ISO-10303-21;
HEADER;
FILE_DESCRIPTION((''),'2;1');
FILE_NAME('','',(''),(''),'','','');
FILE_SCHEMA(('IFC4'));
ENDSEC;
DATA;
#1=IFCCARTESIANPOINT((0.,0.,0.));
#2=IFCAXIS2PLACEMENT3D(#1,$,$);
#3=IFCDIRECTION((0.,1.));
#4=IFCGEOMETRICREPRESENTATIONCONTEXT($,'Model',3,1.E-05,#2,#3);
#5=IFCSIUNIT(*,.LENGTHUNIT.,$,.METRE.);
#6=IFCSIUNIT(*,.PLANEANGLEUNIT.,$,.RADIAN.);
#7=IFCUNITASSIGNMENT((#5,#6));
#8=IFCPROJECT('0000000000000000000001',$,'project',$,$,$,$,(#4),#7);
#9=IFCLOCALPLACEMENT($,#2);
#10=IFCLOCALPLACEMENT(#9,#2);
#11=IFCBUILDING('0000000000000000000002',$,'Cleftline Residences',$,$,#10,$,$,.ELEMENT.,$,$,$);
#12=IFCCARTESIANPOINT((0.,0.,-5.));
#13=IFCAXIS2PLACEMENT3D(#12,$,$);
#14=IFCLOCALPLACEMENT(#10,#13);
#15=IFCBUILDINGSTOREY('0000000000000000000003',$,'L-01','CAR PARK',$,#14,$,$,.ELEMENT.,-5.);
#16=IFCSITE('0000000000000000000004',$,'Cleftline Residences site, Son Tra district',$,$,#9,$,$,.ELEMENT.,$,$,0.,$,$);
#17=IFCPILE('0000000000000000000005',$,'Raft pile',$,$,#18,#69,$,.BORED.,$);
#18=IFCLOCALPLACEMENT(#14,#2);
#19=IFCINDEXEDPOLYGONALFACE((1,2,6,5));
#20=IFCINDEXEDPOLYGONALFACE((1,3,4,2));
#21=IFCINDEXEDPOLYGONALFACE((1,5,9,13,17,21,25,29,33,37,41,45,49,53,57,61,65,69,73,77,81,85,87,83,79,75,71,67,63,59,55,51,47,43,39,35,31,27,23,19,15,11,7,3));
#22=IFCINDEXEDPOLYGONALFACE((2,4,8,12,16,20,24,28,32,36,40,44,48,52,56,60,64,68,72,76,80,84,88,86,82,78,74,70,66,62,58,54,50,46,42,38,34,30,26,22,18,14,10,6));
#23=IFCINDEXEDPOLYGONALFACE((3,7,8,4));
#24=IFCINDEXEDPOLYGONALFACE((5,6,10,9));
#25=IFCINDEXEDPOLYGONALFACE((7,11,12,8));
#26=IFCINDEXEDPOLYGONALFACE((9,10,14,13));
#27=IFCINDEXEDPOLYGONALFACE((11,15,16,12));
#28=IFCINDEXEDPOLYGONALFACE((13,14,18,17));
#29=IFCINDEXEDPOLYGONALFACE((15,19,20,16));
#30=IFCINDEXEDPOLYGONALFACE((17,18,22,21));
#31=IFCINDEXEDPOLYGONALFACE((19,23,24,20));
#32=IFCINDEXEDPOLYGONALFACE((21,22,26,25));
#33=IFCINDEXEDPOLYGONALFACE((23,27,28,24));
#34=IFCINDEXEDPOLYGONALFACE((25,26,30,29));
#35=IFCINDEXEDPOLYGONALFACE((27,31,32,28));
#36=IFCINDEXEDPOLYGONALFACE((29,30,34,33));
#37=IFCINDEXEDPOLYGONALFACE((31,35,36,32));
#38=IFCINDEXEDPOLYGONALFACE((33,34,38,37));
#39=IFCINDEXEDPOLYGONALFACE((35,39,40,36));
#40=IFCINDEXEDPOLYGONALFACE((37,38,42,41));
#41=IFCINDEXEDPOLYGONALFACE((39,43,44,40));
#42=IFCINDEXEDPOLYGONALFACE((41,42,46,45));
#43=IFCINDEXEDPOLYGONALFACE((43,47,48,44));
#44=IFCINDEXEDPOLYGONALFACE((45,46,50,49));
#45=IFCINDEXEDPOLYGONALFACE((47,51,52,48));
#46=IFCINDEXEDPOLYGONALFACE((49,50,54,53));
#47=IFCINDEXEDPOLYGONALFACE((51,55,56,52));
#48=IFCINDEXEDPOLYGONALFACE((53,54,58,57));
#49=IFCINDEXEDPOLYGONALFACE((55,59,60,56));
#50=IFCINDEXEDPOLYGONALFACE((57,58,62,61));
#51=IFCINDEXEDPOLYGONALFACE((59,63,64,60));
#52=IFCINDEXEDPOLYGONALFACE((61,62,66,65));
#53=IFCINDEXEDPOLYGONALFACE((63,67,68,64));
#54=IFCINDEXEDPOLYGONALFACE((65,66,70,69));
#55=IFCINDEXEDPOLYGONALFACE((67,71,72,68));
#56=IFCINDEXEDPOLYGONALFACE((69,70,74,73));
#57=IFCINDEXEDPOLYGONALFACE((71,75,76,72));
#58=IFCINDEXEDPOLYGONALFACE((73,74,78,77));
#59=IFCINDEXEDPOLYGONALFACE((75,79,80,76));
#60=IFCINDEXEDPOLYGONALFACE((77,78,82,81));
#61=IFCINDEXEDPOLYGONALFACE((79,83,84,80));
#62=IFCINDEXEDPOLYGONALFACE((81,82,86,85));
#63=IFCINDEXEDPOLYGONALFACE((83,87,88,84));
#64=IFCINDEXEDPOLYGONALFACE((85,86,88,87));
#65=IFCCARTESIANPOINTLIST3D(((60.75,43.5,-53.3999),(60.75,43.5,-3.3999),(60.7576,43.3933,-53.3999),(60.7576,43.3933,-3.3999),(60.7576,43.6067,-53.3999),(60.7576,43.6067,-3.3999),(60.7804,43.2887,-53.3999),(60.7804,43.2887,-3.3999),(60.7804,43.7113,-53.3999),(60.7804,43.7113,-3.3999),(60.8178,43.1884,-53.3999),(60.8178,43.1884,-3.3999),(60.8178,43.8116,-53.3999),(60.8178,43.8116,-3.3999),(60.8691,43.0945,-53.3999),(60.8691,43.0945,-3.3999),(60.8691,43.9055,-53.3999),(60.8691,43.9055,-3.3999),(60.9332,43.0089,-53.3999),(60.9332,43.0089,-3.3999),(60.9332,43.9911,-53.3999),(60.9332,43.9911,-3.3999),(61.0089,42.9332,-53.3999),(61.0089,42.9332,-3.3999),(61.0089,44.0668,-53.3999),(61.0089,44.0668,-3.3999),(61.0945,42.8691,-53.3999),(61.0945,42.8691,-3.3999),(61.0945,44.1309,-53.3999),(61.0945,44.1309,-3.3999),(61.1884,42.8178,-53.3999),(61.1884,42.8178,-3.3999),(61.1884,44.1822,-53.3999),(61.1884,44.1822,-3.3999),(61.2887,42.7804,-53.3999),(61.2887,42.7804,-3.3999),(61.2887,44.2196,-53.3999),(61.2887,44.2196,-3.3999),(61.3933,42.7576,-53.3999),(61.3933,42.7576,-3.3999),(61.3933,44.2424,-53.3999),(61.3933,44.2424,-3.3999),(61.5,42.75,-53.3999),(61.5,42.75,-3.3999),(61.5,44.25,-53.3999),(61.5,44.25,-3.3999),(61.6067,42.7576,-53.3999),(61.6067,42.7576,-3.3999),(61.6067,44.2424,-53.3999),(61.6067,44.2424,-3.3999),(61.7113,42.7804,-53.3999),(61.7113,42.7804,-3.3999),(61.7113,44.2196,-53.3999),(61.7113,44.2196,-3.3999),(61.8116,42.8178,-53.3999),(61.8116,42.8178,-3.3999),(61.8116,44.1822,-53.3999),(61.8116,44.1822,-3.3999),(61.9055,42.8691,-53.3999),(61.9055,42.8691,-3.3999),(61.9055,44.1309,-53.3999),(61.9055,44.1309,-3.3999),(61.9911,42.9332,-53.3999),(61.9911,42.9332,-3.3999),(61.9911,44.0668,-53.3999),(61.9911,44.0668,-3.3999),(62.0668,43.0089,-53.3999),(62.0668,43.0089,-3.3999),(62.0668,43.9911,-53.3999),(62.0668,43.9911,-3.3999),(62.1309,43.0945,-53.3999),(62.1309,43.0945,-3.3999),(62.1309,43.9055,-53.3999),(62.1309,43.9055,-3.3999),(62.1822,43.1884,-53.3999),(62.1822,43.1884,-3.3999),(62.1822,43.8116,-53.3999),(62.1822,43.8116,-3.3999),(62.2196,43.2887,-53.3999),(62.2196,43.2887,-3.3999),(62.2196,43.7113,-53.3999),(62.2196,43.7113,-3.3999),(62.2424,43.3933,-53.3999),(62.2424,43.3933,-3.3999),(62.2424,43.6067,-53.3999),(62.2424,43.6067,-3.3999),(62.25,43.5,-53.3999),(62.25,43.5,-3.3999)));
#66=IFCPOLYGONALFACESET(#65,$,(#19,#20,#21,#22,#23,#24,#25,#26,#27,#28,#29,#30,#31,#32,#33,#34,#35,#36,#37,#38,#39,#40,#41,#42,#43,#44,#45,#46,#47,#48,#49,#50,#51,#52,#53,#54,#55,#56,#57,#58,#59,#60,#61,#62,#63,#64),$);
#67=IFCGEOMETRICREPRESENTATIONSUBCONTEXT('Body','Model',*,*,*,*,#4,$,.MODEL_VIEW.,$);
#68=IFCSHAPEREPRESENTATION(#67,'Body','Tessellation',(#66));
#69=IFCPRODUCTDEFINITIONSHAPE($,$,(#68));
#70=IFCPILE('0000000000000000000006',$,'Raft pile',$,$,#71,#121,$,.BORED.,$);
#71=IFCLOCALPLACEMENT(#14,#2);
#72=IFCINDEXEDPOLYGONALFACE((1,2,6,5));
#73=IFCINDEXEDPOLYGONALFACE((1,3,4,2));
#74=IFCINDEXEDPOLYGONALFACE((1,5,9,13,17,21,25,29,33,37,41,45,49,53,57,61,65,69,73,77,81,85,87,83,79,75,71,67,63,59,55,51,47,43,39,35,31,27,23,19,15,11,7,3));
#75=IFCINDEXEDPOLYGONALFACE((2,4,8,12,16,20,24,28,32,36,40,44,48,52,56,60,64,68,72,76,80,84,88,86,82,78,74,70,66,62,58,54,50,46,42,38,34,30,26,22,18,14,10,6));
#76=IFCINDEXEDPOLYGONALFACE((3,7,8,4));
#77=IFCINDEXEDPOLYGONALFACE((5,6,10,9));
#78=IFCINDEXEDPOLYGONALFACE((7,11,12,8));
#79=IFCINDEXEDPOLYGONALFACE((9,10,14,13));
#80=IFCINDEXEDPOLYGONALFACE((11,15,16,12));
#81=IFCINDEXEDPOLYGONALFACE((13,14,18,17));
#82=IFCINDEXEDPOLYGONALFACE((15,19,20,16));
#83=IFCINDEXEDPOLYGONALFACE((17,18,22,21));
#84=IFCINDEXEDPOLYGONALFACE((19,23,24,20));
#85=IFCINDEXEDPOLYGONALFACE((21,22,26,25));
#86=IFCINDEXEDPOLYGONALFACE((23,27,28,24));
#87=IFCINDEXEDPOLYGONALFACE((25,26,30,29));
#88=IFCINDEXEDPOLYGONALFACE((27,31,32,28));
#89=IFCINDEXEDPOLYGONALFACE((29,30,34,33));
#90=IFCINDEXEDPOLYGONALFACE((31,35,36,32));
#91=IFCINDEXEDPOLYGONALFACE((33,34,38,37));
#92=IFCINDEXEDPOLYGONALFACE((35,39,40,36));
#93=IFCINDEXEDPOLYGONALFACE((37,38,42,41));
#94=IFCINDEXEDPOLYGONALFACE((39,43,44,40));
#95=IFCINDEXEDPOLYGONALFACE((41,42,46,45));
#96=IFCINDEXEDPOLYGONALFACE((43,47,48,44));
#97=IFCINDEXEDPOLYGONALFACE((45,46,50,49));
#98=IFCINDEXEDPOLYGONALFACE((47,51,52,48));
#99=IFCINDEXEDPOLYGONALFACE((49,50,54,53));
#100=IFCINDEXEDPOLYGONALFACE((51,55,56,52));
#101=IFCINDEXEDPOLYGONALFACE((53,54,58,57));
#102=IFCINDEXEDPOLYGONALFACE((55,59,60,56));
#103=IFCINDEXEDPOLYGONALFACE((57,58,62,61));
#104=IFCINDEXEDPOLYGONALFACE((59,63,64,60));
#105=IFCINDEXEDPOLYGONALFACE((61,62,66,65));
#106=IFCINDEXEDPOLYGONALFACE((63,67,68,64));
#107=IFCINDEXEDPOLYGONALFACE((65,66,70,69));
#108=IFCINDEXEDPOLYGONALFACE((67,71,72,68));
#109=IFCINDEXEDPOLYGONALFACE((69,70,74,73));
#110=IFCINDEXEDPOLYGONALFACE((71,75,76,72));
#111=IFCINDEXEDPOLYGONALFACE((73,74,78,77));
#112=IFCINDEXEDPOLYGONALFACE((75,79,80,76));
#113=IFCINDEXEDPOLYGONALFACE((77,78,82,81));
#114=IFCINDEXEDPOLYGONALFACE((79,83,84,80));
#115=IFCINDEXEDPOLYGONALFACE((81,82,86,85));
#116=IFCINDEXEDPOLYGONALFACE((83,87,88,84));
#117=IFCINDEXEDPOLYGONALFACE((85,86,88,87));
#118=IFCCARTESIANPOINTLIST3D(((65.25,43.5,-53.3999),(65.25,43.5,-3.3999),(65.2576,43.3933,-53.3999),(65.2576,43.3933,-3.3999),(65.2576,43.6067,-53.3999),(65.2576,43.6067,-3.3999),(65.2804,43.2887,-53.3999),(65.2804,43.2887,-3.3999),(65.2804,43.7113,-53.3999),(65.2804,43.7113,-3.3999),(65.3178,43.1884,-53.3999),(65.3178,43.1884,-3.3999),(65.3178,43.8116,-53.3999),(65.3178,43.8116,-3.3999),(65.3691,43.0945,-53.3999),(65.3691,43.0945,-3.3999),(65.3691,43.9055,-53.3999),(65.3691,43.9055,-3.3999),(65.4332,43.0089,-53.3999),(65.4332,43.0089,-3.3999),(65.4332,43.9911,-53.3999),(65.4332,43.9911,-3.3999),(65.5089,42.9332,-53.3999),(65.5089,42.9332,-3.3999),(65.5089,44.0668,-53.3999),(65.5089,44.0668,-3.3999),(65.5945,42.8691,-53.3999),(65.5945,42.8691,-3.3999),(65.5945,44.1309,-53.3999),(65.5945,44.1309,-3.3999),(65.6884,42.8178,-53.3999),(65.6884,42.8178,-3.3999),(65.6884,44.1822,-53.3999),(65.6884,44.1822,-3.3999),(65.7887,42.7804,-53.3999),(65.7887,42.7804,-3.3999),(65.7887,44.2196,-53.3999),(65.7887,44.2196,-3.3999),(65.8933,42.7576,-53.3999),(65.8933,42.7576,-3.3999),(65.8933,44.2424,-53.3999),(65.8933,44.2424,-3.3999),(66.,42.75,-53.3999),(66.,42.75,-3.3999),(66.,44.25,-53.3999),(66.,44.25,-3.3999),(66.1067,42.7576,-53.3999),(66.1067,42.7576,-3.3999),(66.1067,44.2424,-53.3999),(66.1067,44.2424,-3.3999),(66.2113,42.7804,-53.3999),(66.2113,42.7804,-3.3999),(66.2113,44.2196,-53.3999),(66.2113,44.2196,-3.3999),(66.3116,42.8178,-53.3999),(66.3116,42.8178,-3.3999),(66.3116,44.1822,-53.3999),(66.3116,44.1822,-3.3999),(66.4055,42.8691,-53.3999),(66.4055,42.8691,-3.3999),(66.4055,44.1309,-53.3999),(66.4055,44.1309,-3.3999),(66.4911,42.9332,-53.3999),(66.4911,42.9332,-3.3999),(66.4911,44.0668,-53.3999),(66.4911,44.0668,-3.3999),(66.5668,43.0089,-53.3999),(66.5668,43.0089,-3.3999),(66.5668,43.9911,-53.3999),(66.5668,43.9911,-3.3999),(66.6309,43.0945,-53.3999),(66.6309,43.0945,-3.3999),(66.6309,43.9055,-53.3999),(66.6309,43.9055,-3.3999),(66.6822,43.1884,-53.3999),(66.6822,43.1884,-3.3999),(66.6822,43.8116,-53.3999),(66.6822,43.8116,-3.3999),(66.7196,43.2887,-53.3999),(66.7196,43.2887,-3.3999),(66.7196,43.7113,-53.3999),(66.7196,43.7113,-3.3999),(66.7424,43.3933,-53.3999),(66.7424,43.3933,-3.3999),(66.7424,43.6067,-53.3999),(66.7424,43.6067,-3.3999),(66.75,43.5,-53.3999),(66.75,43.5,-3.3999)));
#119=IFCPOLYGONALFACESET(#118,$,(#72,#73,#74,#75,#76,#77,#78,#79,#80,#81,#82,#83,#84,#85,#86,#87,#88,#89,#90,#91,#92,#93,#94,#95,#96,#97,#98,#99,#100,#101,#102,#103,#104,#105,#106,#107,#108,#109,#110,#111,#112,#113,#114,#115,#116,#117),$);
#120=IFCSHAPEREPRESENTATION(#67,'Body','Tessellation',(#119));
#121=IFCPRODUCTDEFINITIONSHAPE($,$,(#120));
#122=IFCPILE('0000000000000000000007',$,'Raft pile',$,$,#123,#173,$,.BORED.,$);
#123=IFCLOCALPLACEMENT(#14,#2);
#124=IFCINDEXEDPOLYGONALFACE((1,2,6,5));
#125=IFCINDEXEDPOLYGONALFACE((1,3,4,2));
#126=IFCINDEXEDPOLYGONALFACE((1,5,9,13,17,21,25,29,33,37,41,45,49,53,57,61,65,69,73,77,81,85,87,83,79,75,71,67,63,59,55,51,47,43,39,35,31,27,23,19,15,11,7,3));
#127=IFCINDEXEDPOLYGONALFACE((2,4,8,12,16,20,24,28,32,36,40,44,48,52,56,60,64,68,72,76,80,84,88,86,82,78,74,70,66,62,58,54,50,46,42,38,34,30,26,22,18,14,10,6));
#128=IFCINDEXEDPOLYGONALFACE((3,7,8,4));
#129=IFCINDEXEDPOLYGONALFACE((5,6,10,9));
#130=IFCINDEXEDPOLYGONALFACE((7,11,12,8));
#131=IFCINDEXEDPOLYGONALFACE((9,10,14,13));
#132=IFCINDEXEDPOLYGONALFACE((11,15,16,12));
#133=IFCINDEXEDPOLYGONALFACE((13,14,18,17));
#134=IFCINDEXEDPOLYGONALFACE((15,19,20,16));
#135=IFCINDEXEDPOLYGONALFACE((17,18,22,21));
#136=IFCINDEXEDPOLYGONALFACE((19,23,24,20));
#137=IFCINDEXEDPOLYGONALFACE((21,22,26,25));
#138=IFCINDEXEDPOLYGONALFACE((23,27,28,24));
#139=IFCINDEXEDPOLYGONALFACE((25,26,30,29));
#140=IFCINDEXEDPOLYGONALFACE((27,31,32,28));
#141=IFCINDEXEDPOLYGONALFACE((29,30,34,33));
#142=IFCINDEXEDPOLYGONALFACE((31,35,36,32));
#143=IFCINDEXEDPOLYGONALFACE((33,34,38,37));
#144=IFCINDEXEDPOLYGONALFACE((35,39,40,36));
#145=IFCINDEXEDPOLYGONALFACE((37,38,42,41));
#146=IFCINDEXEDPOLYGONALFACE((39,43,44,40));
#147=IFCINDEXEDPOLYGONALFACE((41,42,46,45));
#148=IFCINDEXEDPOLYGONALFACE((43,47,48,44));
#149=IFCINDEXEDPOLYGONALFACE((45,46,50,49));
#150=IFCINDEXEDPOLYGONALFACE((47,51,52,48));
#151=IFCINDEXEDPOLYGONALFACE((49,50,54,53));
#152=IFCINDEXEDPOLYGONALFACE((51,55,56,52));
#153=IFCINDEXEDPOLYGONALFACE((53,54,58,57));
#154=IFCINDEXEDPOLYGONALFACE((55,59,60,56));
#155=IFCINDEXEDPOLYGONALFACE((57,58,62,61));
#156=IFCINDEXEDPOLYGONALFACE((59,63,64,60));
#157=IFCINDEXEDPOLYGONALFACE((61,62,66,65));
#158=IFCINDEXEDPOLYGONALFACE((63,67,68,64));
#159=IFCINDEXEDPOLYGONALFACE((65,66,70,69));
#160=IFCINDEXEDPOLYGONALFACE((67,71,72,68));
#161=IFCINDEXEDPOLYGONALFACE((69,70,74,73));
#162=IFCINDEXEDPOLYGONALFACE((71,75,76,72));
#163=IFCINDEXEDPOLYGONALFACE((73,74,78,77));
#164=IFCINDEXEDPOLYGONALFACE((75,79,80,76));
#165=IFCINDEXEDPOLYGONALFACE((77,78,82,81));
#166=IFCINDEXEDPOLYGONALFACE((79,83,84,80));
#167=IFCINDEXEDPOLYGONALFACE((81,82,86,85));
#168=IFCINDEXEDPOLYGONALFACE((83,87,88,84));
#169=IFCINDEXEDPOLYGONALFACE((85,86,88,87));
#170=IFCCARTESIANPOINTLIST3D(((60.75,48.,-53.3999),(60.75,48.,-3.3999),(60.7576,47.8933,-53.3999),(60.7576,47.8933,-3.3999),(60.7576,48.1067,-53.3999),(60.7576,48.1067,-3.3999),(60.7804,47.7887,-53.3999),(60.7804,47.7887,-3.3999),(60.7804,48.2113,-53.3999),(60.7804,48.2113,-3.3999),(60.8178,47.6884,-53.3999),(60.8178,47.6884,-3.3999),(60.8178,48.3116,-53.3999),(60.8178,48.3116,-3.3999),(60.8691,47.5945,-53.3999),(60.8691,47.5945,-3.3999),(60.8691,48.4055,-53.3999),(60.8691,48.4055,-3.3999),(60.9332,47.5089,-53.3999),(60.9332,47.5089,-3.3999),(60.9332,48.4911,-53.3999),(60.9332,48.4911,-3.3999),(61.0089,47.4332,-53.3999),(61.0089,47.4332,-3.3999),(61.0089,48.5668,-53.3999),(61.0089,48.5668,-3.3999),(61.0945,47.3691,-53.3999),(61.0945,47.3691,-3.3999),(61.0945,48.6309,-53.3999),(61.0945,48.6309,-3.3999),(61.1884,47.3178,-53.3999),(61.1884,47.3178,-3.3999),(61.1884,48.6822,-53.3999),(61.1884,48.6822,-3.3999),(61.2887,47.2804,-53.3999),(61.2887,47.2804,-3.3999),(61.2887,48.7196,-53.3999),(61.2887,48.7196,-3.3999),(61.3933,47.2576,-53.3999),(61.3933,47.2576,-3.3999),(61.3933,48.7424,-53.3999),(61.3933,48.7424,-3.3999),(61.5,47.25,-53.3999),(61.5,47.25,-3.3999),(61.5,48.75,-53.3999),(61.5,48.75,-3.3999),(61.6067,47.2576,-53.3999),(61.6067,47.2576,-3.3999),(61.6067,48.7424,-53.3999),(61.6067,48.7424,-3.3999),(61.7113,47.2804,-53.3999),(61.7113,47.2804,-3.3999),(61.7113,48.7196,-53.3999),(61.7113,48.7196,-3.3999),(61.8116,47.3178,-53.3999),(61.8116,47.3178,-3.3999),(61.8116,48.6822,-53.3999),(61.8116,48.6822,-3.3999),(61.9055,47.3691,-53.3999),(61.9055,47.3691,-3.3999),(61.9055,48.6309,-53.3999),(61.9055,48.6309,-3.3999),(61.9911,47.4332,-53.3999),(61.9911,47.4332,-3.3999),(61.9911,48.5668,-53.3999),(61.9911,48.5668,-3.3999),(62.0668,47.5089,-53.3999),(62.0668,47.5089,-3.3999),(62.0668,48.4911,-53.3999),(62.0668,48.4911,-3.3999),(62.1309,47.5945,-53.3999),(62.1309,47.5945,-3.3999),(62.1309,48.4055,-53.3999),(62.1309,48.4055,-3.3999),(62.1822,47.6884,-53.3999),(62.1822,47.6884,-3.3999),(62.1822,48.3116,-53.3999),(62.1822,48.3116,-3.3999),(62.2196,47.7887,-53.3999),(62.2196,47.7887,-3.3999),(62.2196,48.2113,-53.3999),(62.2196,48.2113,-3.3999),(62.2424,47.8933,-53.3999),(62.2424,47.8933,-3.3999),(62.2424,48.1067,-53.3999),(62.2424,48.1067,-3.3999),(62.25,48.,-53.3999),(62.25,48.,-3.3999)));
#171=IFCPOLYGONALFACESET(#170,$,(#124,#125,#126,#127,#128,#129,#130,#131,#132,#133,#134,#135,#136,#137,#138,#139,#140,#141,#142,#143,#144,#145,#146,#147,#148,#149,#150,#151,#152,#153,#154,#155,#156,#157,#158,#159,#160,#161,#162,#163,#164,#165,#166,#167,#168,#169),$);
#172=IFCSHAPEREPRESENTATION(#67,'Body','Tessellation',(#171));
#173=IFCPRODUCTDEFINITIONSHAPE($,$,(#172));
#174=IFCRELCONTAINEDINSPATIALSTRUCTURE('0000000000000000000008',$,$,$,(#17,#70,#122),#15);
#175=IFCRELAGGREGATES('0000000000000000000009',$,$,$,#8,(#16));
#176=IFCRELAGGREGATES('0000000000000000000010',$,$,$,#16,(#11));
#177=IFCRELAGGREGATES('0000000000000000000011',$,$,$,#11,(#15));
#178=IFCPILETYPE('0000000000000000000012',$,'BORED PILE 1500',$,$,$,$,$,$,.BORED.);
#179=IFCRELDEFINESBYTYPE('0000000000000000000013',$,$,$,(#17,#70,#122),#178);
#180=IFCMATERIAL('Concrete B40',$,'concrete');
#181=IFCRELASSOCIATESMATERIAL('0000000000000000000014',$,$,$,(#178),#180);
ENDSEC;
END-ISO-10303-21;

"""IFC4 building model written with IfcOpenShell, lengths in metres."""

from ifc_helpers import new_model, si_unit, direction, frame, origin, origin_2d, place, context, subcontext, project, spatial, circle, extrude, material, material_profile, profile_set, type_object, element, save


model = new_model("IFC4")

# Units and contexts
model_context = context("Model", 3, precision=1e-05, world=origin(), true_north=direction((0.0, 1.0)))
body_context = subcontext(model_context, "Body", "Model", "MODEL_VIEW")
ifc_project = project(units=[si_unit("LENGTHUNIT", "METRE"), si_unit("PLANEANGLEUNIT", "RADIAN")], contexts=[model_context])

# Site, building, storey
site_placement = place(None, origin())
site = spatial("IfcSite", under=ifc_project, at=site_placement, Name="Cleftline Residences site, Son Tra district", CompositionType="ELEMENT", RefElevation=0.0)
building_placement = place(site_placement, origin())
building = spatial("IfcBuilding", under=site, at=building_placement, Name="Cleftline Residences", CompositionType="ELEMENT")
storey_placement = place(building_placement, frame((0.0, 0.0, -5.0)))
storey = spatial("IfcBuildingStorey", under=building, at=storey_placement, Name="L-01", Description="CAR PARK", CompositionType="ELEMENT", Elevation=-5.0)

# Piles
ifc_material_1 = material(Name="Concrete B40", Category="concrete")
ifc_material_profile_1 = material_profile(ifc_material_1, circle(Radius=0.75, at=origin_2d()))
ifc_profile_set_1 = profile_set([ifc_material_profile_1], Name="Concrete B40")
pile_type_1 = type_object("IfcPileType", Name="BORED PILE 1500", PredefinedType="BORED", material=ifc_profile_set_1)
for number, where, z_axis, x_axis, name in (
    (1, (61.5, 43.5, -3.3999), (0.0, 0.0, -1.0), (1.0, 0.0, 0.0), "Raft pile"),
    (2, (66.0, 43.5, -3.3999), (0.0, 0.0, -1.0), (1.0, 0.0, 0.0), "Raft pile"),
    (3, (61.5, 48.0, -3.3999), (0.0, 0.0, -1.0), (1.0, 0.0, 0.0), "Raft pile"),
):
    element("IfcPile", number, at=place(storey_placement, frame(where, z_axis=z_axis, x_axis=x_axis)), inside=storey, type_object=pile_type_1, Name=name, PredefinedType="BORED", context=body_context, shape_type="SweptSolid", body=[
        extrude(circle(Radius=0.75, at=origin_2d()), origin(), (0.0, 0.0, 1.0), 50.0),
    ])

save(model, "model.ifc")
